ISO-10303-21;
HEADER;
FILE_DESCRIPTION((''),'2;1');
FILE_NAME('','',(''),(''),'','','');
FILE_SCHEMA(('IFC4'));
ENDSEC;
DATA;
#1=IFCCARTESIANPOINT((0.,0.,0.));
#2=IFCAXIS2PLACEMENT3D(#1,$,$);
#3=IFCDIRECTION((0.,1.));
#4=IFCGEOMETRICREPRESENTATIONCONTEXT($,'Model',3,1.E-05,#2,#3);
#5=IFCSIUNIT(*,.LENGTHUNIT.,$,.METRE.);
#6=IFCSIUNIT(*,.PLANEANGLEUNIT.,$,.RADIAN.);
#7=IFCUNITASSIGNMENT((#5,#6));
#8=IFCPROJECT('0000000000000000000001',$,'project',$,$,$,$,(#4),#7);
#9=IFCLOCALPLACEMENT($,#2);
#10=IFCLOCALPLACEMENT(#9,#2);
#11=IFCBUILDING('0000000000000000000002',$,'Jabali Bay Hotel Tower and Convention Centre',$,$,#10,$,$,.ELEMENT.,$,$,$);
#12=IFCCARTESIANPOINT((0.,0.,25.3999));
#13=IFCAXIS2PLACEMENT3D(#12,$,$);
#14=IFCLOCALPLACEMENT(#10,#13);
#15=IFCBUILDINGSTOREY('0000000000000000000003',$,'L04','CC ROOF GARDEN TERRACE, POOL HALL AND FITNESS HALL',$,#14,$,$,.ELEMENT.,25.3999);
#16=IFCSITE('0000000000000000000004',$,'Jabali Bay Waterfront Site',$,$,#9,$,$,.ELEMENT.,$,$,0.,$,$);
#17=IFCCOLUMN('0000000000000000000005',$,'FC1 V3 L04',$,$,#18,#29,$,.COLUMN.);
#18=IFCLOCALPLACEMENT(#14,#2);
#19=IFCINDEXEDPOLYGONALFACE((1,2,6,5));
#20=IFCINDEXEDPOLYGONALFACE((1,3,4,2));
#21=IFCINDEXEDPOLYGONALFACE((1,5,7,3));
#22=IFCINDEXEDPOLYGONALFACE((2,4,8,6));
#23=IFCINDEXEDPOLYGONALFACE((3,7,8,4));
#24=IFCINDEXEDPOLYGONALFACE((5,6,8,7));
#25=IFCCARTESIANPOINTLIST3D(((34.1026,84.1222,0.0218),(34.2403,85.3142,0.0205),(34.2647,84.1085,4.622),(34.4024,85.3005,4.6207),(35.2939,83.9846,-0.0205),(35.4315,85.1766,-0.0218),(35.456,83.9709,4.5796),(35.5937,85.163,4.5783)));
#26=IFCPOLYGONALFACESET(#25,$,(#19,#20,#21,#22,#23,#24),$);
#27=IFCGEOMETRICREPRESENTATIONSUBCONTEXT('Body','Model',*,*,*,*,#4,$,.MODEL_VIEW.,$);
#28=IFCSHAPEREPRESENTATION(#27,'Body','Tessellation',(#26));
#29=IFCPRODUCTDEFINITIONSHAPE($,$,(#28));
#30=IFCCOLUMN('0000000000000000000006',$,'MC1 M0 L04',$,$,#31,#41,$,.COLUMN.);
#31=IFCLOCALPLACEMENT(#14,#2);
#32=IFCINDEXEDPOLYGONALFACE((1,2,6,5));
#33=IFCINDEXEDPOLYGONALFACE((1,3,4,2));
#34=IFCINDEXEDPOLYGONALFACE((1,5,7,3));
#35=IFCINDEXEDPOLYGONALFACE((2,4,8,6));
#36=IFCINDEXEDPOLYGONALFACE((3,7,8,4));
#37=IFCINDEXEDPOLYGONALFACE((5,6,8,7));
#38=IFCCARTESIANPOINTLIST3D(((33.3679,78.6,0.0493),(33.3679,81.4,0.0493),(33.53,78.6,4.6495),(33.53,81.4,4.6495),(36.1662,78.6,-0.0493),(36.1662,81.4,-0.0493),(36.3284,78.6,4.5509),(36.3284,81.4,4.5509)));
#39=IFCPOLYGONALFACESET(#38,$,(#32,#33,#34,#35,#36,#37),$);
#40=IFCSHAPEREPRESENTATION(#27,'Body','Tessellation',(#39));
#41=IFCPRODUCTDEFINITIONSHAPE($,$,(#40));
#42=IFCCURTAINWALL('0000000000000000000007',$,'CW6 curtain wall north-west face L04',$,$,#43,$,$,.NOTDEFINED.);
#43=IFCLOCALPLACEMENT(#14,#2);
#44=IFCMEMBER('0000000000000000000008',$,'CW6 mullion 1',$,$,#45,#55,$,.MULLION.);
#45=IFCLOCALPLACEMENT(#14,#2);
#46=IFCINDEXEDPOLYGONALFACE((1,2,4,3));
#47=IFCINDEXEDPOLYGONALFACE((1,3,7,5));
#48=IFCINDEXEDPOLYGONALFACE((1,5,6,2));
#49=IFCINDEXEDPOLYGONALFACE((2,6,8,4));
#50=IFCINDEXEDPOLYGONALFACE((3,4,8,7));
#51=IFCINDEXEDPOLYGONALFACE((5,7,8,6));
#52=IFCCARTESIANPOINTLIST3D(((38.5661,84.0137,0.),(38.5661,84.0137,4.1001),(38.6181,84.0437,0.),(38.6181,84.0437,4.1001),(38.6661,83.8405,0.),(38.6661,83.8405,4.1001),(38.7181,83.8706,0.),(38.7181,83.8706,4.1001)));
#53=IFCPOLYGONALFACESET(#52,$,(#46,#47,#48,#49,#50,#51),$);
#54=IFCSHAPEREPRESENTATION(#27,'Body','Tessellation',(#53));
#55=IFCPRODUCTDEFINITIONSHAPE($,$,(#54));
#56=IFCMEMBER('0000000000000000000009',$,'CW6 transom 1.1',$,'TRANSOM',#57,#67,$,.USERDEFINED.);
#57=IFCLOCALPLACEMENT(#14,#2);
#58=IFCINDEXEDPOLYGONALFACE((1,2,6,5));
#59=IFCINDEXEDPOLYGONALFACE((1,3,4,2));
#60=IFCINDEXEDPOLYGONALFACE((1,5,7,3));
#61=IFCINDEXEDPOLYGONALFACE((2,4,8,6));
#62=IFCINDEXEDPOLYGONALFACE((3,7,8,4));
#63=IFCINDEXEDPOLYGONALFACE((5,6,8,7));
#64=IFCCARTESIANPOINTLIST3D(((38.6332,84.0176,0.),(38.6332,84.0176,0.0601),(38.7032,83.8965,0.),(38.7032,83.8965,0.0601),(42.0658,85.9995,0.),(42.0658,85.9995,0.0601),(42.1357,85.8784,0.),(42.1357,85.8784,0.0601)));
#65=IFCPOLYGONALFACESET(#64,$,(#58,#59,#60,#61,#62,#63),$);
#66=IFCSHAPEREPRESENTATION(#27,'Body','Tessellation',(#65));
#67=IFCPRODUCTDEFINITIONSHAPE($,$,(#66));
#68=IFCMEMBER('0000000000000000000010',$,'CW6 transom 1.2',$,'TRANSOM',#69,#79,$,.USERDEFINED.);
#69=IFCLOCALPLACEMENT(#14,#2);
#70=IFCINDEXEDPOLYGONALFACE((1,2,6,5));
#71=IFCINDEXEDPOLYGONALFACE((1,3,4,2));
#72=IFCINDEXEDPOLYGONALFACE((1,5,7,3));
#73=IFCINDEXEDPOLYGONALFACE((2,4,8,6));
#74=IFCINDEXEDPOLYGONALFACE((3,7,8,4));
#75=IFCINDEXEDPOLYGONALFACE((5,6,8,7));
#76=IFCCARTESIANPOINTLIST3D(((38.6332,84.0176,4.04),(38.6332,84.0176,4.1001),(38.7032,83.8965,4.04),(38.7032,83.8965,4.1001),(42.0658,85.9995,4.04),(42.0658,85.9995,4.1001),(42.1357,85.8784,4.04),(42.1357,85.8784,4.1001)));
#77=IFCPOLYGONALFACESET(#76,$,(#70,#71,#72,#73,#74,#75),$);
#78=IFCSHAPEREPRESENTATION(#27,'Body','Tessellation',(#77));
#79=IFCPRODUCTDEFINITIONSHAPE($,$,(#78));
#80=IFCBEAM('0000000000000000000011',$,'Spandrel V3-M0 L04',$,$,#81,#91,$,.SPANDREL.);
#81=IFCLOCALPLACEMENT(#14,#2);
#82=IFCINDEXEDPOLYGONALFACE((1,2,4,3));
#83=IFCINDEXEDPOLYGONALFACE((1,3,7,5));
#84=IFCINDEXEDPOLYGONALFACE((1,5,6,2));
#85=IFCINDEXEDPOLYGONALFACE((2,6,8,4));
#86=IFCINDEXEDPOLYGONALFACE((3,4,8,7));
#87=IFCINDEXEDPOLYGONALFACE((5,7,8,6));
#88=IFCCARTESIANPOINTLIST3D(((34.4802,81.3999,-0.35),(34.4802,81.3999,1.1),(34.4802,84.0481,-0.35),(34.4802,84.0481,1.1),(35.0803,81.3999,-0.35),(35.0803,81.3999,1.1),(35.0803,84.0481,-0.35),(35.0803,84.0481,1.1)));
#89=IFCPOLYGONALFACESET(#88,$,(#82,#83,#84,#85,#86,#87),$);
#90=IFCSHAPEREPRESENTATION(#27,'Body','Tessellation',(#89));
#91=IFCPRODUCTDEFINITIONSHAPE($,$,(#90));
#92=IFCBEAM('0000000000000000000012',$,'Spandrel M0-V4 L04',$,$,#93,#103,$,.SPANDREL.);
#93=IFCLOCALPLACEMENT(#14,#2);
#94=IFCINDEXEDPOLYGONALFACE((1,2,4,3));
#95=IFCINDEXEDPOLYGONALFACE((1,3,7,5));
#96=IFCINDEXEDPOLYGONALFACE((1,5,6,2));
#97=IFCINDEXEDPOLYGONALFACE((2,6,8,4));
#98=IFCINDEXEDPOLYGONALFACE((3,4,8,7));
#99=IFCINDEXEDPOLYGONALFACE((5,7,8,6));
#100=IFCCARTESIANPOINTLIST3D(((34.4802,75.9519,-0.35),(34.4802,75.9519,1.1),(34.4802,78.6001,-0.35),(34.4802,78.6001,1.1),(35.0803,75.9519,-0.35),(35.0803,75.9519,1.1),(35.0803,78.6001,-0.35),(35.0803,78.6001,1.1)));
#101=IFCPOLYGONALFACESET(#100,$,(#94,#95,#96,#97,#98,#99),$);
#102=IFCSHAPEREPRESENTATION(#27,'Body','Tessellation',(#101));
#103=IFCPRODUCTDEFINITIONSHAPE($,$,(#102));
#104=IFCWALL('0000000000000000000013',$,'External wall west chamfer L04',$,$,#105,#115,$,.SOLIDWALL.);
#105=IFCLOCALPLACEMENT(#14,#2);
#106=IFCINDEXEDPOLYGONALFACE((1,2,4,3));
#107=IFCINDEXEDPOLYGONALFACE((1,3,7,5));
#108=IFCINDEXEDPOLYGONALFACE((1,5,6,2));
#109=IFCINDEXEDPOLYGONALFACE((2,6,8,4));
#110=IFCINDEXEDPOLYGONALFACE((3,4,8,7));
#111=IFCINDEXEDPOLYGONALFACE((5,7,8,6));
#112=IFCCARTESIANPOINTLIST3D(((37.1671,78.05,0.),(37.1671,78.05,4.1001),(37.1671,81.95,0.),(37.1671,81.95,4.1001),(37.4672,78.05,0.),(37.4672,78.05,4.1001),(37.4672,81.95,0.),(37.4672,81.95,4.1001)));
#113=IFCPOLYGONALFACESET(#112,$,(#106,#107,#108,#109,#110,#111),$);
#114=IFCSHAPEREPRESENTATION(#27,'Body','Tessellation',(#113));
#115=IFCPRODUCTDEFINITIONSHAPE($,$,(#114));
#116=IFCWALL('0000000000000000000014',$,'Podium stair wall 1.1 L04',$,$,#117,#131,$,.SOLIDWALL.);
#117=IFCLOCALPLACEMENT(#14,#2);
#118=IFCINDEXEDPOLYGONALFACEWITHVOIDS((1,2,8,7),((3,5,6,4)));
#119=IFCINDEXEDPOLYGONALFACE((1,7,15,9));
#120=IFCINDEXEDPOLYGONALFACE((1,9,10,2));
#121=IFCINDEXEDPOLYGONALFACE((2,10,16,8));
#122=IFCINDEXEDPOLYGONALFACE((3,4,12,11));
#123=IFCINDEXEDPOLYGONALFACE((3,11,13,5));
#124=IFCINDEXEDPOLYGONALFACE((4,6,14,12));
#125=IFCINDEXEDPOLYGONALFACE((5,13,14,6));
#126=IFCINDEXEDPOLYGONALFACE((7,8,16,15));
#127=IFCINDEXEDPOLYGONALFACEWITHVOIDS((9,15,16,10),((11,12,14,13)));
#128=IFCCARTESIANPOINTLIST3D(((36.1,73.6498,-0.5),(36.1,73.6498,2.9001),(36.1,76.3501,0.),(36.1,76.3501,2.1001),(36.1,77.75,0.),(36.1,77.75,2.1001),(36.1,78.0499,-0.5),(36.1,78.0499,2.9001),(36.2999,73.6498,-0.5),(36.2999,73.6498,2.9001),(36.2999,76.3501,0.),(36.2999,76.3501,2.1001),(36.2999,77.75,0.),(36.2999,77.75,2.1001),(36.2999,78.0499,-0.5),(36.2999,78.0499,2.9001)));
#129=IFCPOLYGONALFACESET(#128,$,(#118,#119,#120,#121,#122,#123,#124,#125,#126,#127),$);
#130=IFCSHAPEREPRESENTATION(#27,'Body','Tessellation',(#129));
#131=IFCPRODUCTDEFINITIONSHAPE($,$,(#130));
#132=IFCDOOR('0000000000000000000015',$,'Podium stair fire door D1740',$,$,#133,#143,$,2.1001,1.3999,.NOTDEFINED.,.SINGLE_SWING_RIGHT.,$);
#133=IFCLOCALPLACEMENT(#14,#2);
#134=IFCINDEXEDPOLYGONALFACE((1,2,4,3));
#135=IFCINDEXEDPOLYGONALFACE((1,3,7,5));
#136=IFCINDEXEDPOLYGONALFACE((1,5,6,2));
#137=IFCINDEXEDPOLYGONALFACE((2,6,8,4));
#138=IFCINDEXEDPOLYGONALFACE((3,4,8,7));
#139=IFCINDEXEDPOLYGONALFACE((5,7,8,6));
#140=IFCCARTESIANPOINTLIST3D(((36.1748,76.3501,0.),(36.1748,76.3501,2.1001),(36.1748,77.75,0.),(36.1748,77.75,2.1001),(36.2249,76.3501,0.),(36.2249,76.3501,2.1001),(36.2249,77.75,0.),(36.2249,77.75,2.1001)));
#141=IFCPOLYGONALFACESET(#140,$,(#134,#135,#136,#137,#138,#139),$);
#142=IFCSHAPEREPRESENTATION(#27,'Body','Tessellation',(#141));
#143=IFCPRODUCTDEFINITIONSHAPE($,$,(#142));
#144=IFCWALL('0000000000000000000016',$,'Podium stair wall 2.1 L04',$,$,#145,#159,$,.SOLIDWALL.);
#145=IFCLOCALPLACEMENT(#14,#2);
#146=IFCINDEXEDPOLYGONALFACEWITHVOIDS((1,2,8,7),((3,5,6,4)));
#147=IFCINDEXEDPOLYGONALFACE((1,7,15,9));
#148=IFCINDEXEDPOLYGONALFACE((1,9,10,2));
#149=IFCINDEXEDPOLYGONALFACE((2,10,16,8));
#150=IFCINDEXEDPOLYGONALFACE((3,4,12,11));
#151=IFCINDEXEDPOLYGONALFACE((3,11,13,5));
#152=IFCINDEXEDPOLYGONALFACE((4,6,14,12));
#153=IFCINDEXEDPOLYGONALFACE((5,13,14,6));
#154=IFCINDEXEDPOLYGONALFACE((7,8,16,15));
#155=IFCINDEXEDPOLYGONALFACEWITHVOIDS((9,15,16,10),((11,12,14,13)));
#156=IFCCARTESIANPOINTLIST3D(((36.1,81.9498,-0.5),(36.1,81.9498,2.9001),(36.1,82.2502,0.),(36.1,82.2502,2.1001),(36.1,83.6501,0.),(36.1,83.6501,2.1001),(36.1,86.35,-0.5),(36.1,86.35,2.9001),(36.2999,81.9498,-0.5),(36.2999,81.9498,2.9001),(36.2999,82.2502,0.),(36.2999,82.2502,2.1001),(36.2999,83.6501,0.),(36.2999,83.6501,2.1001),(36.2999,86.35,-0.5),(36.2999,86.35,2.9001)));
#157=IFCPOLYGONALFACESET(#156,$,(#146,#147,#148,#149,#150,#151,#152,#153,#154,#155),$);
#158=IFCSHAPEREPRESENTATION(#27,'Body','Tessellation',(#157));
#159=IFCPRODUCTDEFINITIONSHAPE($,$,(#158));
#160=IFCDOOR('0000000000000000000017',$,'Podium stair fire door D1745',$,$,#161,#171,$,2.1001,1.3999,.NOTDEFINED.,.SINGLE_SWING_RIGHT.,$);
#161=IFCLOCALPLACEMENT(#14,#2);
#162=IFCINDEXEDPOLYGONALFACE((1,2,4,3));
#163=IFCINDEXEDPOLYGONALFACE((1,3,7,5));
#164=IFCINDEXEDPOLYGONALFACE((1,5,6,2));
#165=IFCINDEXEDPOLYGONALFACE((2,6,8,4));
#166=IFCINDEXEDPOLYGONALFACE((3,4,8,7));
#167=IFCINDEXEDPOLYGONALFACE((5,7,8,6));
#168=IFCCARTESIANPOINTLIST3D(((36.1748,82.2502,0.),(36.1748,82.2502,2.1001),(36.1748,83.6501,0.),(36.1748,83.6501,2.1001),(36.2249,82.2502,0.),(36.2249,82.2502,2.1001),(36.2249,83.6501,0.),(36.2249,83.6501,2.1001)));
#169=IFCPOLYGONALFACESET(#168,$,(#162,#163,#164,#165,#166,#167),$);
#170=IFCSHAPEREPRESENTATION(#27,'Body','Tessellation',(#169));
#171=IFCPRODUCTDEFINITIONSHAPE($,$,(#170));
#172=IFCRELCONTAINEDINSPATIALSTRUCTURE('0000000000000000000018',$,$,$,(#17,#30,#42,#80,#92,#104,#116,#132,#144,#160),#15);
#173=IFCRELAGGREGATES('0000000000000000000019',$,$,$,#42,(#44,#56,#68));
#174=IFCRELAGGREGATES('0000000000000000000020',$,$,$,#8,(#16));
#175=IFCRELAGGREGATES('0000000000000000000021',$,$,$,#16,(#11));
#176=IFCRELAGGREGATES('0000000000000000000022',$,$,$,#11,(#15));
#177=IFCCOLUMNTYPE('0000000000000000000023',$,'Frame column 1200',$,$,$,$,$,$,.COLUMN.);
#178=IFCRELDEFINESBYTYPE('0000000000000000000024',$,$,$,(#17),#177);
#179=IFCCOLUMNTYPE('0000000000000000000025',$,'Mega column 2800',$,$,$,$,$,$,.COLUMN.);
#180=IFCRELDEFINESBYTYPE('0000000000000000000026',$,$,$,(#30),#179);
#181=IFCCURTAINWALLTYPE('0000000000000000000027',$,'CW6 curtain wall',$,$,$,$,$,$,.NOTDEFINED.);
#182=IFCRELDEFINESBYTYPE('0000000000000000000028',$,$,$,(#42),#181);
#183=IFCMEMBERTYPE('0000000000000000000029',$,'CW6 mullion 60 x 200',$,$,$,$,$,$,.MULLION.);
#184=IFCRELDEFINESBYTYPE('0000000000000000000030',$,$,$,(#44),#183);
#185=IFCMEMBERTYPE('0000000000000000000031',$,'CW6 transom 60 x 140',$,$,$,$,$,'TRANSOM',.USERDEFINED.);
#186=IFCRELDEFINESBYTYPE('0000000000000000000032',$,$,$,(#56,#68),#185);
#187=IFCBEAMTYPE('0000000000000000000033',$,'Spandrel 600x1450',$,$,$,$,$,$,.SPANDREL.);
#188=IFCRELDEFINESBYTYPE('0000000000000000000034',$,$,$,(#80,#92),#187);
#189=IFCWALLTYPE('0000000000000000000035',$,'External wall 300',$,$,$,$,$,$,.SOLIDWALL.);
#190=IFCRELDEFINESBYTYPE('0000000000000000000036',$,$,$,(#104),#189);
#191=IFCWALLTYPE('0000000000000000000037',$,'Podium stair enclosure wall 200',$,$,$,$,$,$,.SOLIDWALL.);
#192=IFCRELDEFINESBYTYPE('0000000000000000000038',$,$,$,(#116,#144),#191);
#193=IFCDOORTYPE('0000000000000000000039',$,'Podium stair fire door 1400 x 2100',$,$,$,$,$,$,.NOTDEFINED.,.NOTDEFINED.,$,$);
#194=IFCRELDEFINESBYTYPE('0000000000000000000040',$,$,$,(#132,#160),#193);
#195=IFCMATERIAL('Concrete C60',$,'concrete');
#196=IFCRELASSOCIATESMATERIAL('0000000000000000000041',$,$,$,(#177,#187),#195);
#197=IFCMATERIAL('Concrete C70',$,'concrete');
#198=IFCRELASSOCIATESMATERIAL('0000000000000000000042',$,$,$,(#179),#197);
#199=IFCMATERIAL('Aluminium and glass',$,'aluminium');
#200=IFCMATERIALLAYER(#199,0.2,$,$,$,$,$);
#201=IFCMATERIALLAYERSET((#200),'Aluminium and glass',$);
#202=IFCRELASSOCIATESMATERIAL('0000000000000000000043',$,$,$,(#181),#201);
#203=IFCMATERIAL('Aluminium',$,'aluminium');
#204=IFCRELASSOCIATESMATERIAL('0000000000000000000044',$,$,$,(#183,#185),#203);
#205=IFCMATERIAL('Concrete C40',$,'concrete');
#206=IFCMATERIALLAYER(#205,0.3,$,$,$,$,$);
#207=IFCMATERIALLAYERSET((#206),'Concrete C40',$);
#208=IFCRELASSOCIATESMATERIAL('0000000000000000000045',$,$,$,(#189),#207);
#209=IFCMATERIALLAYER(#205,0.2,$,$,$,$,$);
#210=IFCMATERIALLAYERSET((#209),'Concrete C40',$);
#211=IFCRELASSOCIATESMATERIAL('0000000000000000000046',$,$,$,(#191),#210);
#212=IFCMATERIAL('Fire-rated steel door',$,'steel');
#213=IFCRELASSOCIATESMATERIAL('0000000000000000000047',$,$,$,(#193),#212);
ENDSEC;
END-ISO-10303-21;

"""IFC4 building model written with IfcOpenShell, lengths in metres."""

from ifc_helpers import new_model, si_unit, direction, frame, frame_2d, origin, origin_2d, place, context, subcontext, project, spatial, rectangle, extrude, material, layer, layer_set, material_profile, profile_set, type_object, element, fill, aggregate, save


model = new_model("IFC4")

# Units and contexts
model_context = context("Model", 3, precision=1e-05, world=origin(), true_north=direction((0.0, 1.0)))
body_context = subcontext(model_context, "Body", "Model", "MODEL_VIEW")
ifc_project = project(units=[si_unit("LENGTHUNIT", "METRE"), si_unit("PLANEANGLEUNIT", "RADIAN")], contexts=[model_context])

# Site, building, storey
site_placement = place(None, origin())
site = spatial("IfcSite", under=ifc_project, at=site_placement, Name="Jabali Bay Waterfront Site", CompositionType="ELEMENT", RefElevation=0.0)
building_placement = place(site_placement, origin())
building = spatial("IfcBuilding", under=site, at=building_placement, Name="Jabali Bay Hotel Tower and Convention Centre", CompositionType="ELEMENT")
storey_placement = place(building_placement, frame((0.0, 0.0, 25.3999)))
storey = spatial("IfcBuildingStorey", under=building, at=storey_placement, Name="L04", Description="CC ROOF GARDEN TERRACE, POOL HALL AND FITNESS HALL", CompositionType="ELEMENT", Elevation=25.3999)

# Columns
ifc_material_1 = material(Name="Concrete C60", Category="concrete")
ifc_material_profile_1 = material_profile(ifc_material_1, rectangle(XDim=1.2, YDim=1.2, at=origin_2d()), Name="Frame column 1200")
ifc_profile_set_1 = profile_set([ifc_material_profile_1], Name="Concrete C60")
column_type_1 = type_object("IfcColumnType", Name="Frame column 1200", PredefinedType="COLUMN", material=ifc_profile_set_1)
column_1_placement = place(storey_placement, frame((34.7671, 84.6494, 0.0), z_axis=(0.035218, -0.00297, 0.999375), x_axis=(-0.992777, 0.114654, 0.035327)))
element("IfcColumn", 1, at=column_1_placement, inside=storey, type_object=column_type_1, Name="FC1 V3 L04", PredefinedType="COLUMN", context=body_context, shape_type="SweptSolid", body=[
    extrude(rectangle(XDim=1.2, YDim=1.2, at=origin_2d()), origin(), (0.0, 0.0, 1.0), 4.603),
])
ifc_material_2 = material(Name="Concrete C70", Category="concrete")
ifc_material_profile_2 = material_profile(ifc_material_2, rectangle(XDim=2.8, YDim=2.8, at=origin_2d()), Name="Mega column 2800")
ifc_profile_set_2 = profile_set([ifc_material_profile_2], Name="Concrete C70")
column_type_2 = type_object("IfcColumnType", Name="Mega column 2800", PredefinedType="COLUMN", material=ifc_profile_set_2)
column_2_placement = place(storey_placement, frame((34.7671, 80.0, 0.0), z_axis=(0.035219, 0.0, 0.99938), x_axis=(0.0, 1.0, 0.0)))
element("IfcColumn", 2, at=column_2_placement, inside=storey, type_object=column_type_2, Name="MC1 M0 L04", PredefinedType="COLUMN", context=body_context, shape_type="SweptSolid", body=[
    extrude(rectangle(XDim=2.8, YDim=2.8, at=origin_2d()), origin(), (0.0, 0.0, 1.0), 4.603),
])

# Curtain wall, members
ifc_material_3 = material(Name="Aluminium and glass", Category="aluminium")
ifc_layer_1 = layer(ifc_material_3, 0.2)
ifc_layer_set_1 = layer_set([ifc_layer_1], Name="Aluminium and glass")
curtain_wall_type = type_object("IfcCurtainWallType", Name="CW6 curtain wall", PredefinedType="NOTDEFINED", material=ifc_layer_set_1)
curtain_wall_placement = place(storey_placement, origin())
curtain_wall = element("IfcCurtainWall", 3, at=curtain_wall_placement, inside=storey, type_object=curtain_wall_type, Name="CW6 curtain wall north-west face L04", PredefinedType="NOTDEFINED")
ifc_material_4 = material(Name="Aluminium", Category="aluminium")
ifc_material_profile_3 = material_profile(ifc_material_4, rectangle(XDim=0.2, YDim=0.0601, at=origin_2d()), Name="CW6 mullion 60 x 200")
ifc_profile_set_3 = profile_set([ifc_material_profile_3], Name="Aluminium")
member_type_1 = type_object("IfcMemberType", Name="CW6 mullion 60 x 200", PredefinedType="MULLION", material=ifc_profile_set_3)
member_1_placement = place(storey_placement, frame((38.6421, 83.9421, 0.0), z_axis=(0.0, 0.0, 1.0), x_axis=(-0.5, 0.866025, 0.0)))
member_1 = element("IfcMember", 4, at=member_1_placement, type_object=member_type_1, Name="CW6 mullion 1", PredefinedType="MULLION", context=body_context, shape_type="SweptSolid", body=[
    extrude(rectangle(XDim=0.2, YDim=0.0601, at=origin_2d()), origin(), (0.0, 0.0, 1.0), 4.1001),
])
ifc_material_profile_4 = material_profile(ifc_material_4, rectangle(XDim=0.1399, YDim=0.0601, at=origin_2d()), Name="CW6 transom 60 x 140")
ifc_profile_set_4 = profile_set([ifc_material_profile_4], Name="Aluminium")
member_type_2 = type_object("IfcMemberType", Name="CW6 transom 60 x 140", ElementType="TRANSOM", PredefinedType="USERDEFINED", material=ifc_profile_set_4)
member_2_placement = place(storey_placement, frame((38.6682, 83.957, 0.03), z_axis=(0.866013, 0.500021, 0.0), x_axis=(-0.500021, 0.866013, 0.0)))
member_2 = element("IfcMember", 5, at=member_2_placement, type_object=member_type_2, Name="CW6 transom 1.1", ObjectType="TRANSOM", PredefinedType="USERDEFINED", context=body_context, shape_type="SweptSolid", body=[
    extrude(rectangle(XDim=0.1399, YDim=0.0601, at=origin_2d()), origin(), (0.0, 0.0, 1.0), 3.9636),
])
member_3_placement = place(storey_placement, frame((38.6682, 83.957, 4.0701), z_axis=(0.866013, 0.500021, 0.0), x_axis=(-0.500021, 0.866013, 0.0)))
member_3 = element("IfcMember", 6, at=member_3_placement, type_object=member_type_2, Name="CW6 transom 1.2", ObjectType="TRANSOM", PredefinedType="USERDEFINED", context=body_context, shape_type="SweptSolid", body=[
    extrude(rectangle(XDim=0.1399, YDim=0.0601, at=origin_2d()), origin(), (0.0, 0.0, 1.0), 3.9636),
])
aggregate(curtain_wall, [member_1, member_2, member_3])

# Beams
ifc_material_profile_5 = material_profile(ifc_material_1, rectangle(XDim=0.6001, YDim=1.45, at=origin_2d()), Name="Spandrel 600x1450")
ifc_profile_set_5 = profile_set([ifc_material_profile_5], Name="Concrete C60")
beam_type = type_object("IfcBeamType", Name="Spandrel 600x1450", PredefinedType="SPANDREL", material=ifc_profile_set_5)
for number, where, z_axis, x_axis, name in (
    (7, (34.7803, 84.0481, 0.375), (0.0, -1.0, 0.0), (1.0, 0.0, 0.0), "Spandrel V3-M0 L04"),
    (8, (34.7803, 78.6001, 0.375), (0.0, -1.0, 0.0), (1.0, 0.0, 0.0), "Spandrel M0-V4 L04"),
):
    element("IfcBeam", number, at=place(storey_placement, frame(where, z_axis=z_axis, x_axis=x_axis)), inside=storey, type_object=beam_type, Name=name, PredefinedType="SPANDREL", context=body_context, shape_type="SweptSolid", body=[
        extrude(rectangle(XDim=0.6001, YDim=1.45, at=origin_2d()), origin(), (0.0, 0.0, 1.0), 2.6482),
    ])

# Wall
ifc_material_5 = material(Name="Concrete C40", Category="concrete")
ifc_layer_2 = layer(ifc_material_5, 0.3)
ifc_layer_set_2 = layer_set([ifc_layer_2], Name="Concrete C40")
wall_type_1 = type_object("IfcWallType", Name="External wall 300", PredefinedType="SOLIDWALL", material=ifc_layer_set_2)
wall_1_placement = place(storey_placement, frame((37.3171, 78.05, 0.0), z_axis=(0.0, 0.0, 1.0), x_axis=(0.0, 1.0, 0.0)))
element("IfcWall", 9, at=wall_1_placement, inside=storey, type_object=wall_type_1, Name="External wall west chamfer L04", PredefinedType="SOLIDWALL", context=body_context, shape_type="SweptSolid", body=[
    extrude(rectangle(XDim=3.8999, YDim=0.3, at=frame_2d((1.95, 0.0))), origin(), (0.0, 0.0, 1.0), 4.1001),
])

# Walls, openings, doors
ifc_layer_3 = layer(ifc_material_5, 0.2)
ifc_layer_set_3 = layer_set([ifc_layer_3], Name="Concrete C40")
wall_type_2 = type_object("IfcWallType", Name="Podium stair enclosure wall 200", PredefinedType="SOLIDWALL", material=ifc_layer_set_3)
wall_2_placement = place(storey_placement, frame((36.2, 78.05, -0.5), z_axis=(0.0, 0.0, 1.0), x_axis=(0.0, -1.0, 0.0)))
wall_2 = element("IfcWall", 10, at=wall_2_placement, inside=storey, type_object=wall_type_2, Name="Podium stair wall 1.1 L04", PredefinedType="SOLIDWALL", context=body_context, shape_type="SweptSolid", body=[
    extrude(rectangle(XDim=4.4001, YDim=0.2, at=frame_2d((2.2002, 0.0))), origin(), (0.0, 0.0, 1.0), 3.4001),
])
opening_1_placement = place(wall_2_placement, frame((0.3, 0.0, 0.5)))
opening_1 = element("IfcOpeningElement", 11, at=opening_1_placement, cuts=wall_2, PredefinedType="OPENING", context=body_context, shape_type="SweptSolid", body=[
    extrude(rectangle(XDim=1.3999, YDim=2.1001, at=frame_2d((0.7, 1.05))), frame((0.0, 0.1104, 0.0), z_axis=(0.0, -1.0, 0.0), x_axis=(1.0, 0.0, 0.0)), (0.0, 0.0, 1.0), 0.2209),
])
ifc_material_6 = material(Name="Fire-rated steel door", Category="steel")
door_type = type_object("IfcDoorType", Name="Podium stair fire door 1400 x 2100", OperationType="NOTDEFINED", PredefinedType="NOTDEFINED", material=ifc_material_6)
door_1_placement = place(opening_1_placement, origin())
door_1 = element("IfcDoor", 12, at=door_1_placement, inside=storey, type_object=door_type, Name="Podium stair fire door D1740", OperationType="SINGLE_SWING_RIGHT", OverallHeight=2.1001, OverallWidth=1.3999, PredefinedType="NOTDEFINED", context=body_context, shape_type="SweptSolid", body=[
    extrude(rectangle(XDim=1.3999, YDim=2.1001, at=frame_2d((0.7, 1.05))), frame((0.0, 0.0249, 0.0), z_axis=(0.0, -1.0, 0.0), x_axis=(1.0, 0.0, 0.0)), (0.0, 0.0, 1.0), 0.05),
])
fill(opening_1, door_1)
wall_3_placement = place(storey_placement, frame((36.2, 86.3501, -0.5), z_axis=(0.0, 0.0, 1.0), x_axis=(0.0, -1.0, 0.0)))
wall_3 = element("IfcWall", 13, at=wall_3_placement, inside=storey, type_object=wall_type_2, Name="Podium stair wall 2.1 L04", PredefinedType="SOLIDWALL", context=body_context, shape_type="SweptSolid", body=[
    extrude(rectangle(XDim=4.4001, YDim=0.2, at=frame_2d((2.2002, 0.0))), origin(), (0.0, 0.0, 1.0), 3.4001),
])
opening_2_placement = place(wall_3_placement, frame((2.7, 0.0, 0.5)))
opening_2 = element("IfcOpeningElement", 14, at=opening_2_placement, cuts=wall_3, PredefinedType="OPENING", context=body_context, shape_type="SweptSolid", body=[
    extrude(rectangle(XDim=1.3999, YDim=2.1001, at=frame_2d((0.7, 1.05))), frame((0.0, 0.1104, 0.0), z_axis=(0.0, -1.0, 0.0), x_axis=(1.0, 0.0, 0.0)), (0.0, 0.0, 1.0), 0.2209),
])
door_2_placement = place(opening_2_placement, origin())
door_2 = element("IfcDoor", 15, at=door_2_placement, inside=storey, type_object=door_type, Name="Podium stair fire door D1745", OperationType="SINGLE_SWING_RIGHT", OverallHeight=2.1001, OverallWidth=1.3999, PredefinedType="NOTDEFINED", context=body_context, shape_type="SweptSolid", body=[
    extrude(rectangle(XDim=1.3999, YDim=2.1001, at=frame_2d((0.7, 1.05))), frame((0.0, 0.0249, 0.0), z_axis=(0.0, -1.0, 0.0), x_axis=(1.0, 0.0, 0.0)), (0.0, 0.0, 1.0), 0.05),
])
fill(opening_2, door_2)

save(model, "model.ifc")
